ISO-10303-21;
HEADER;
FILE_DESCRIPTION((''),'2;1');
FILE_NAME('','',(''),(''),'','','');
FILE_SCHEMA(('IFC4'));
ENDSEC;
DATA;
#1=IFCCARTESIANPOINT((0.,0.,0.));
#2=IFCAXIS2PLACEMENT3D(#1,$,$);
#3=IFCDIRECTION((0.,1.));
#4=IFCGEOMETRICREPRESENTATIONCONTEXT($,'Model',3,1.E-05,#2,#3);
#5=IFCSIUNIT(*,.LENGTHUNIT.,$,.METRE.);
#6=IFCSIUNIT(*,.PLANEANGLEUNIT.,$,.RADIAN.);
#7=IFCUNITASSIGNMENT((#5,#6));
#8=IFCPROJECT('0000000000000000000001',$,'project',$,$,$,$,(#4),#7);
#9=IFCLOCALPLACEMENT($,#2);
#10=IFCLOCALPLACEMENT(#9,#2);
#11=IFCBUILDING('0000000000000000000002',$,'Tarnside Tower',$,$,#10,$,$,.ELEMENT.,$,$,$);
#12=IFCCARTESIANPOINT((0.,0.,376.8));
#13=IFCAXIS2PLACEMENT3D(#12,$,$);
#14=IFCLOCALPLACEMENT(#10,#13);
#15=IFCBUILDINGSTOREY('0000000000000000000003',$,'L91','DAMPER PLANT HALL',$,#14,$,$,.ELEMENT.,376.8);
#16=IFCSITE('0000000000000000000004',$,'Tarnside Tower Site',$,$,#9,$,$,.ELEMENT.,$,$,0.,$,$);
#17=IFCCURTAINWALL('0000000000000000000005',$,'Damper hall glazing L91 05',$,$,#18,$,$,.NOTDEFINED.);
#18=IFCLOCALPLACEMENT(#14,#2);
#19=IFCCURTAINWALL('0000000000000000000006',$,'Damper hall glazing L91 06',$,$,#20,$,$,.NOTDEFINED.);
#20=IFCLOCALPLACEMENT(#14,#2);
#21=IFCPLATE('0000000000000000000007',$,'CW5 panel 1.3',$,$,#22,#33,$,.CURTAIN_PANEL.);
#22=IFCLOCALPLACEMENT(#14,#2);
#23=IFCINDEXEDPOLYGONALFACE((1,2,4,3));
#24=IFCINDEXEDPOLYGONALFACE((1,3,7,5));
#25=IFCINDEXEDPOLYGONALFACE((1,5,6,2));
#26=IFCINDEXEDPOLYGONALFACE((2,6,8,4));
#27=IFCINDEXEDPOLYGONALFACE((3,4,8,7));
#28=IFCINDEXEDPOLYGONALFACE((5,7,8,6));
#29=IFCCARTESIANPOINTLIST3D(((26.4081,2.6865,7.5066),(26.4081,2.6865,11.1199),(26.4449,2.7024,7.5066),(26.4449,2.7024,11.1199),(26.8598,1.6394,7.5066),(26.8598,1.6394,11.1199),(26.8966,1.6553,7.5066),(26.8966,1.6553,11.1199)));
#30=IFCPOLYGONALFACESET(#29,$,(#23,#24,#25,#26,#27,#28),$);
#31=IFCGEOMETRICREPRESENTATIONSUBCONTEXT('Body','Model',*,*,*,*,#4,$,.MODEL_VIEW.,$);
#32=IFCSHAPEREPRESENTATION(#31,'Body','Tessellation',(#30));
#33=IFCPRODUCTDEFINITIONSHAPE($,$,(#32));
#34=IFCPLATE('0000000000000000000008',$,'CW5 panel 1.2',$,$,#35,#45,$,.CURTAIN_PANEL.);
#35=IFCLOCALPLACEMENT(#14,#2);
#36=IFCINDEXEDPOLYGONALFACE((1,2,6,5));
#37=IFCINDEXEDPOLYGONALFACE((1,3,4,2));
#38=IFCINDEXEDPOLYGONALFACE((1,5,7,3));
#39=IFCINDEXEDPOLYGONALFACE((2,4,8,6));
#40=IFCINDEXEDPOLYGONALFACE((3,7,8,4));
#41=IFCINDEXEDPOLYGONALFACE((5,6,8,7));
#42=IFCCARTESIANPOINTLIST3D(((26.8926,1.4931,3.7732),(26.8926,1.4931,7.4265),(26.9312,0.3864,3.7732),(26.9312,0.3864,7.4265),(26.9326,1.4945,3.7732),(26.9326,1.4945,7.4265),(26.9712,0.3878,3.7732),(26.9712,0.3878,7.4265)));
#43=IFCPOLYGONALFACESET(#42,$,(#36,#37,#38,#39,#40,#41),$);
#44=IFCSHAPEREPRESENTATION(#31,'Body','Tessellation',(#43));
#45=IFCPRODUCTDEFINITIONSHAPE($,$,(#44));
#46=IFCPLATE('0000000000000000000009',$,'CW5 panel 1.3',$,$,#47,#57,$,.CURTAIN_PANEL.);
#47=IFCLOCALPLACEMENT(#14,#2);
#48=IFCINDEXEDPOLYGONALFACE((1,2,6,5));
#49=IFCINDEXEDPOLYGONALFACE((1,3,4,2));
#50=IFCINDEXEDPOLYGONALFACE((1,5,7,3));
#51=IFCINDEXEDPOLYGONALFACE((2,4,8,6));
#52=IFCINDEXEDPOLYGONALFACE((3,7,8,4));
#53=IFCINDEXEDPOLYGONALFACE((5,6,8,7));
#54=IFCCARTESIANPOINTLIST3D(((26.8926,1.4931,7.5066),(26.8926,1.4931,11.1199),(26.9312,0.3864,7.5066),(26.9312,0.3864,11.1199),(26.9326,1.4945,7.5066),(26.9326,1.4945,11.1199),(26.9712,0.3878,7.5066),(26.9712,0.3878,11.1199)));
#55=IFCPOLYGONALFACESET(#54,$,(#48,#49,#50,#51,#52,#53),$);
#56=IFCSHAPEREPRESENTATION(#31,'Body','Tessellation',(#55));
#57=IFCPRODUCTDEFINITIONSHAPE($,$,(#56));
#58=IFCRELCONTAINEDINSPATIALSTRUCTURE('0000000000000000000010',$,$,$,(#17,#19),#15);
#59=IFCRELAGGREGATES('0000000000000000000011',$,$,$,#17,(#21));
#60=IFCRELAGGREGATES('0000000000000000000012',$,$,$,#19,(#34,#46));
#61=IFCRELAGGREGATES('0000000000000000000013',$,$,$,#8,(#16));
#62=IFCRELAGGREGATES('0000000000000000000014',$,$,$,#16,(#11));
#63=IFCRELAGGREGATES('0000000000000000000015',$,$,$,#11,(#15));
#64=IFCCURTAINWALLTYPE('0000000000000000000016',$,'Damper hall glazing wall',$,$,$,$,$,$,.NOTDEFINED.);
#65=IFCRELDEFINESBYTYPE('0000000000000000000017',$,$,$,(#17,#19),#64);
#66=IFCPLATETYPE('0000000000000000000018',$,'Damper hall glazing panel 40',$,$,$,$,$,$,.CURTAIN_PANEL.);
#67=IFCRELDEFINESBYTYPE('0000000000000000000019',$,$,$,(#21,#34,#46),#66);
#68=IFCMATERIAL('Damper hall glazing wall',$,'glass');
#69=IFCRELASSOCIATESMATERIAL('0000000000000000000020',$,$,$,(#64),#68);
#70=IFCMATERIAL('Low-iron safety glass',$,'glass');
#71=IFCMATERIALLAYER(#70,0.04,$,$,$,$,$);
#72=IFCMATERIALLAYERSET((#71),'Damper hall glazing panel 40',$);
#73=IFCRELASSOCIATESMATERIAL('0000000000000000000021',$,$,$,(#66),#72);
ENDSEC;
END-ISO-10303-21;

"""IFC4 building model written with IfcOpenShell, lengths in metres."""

from ifc_helpers import new_model, si_unit, direction, frame, origin, origin_2d, place, context, subcontext, project, spatial, rectangle, extrude, material, layer, layer_set, type_object, element, aggregate, save


model = new_model("IFC4")

# Units and contexts
model_context = context("Model", 3, precision=1e-05, world=origin(), true_north=direction((0.0, 1.0)))
body_context = subcontext(model_context, "Body", "Model", "MODEL_VIEW")
ifc_project = project(units=[si_unit("LENGTHUNIT", "METRE"), si_unit("PLANEANGLEUNIT", "RADIAN")], contexts=[model_context])

# Site, building, storey
site_placement = place(None, origin())
site = spatial("IfcSite", under=ifc_project, at=site_placement, Name="Tarnside Tower Site", CompositionType="ELEMENT", RefElevation=0.0)
building_placement = place(site_placement, origin())
building = spatial("IfcBuilding", under=site, at=building_placement, Name="Tarnside Tower", CompositionType="ELEMENT")
storey_placement = place(building_placement, frame((0.0, 0.0, 376.8)))
storey = spatial("IfcBuildingStorey", under=building, at=storey_placement, Name="L91", Description="DAMPER PLANT HALL", CompositionType="ELEMENT", Elevation=376.8)

# Curtain walls
ifc_material_1 = material(Name="Damper hall glazing wall", Category="glass")
curtain_wall_type = type_object("IfcCurtainWallType", Name="Damper hall glazing wall", PredefinedType="NOTDEFINED", material=ifc_material_1)
curtain_wall_1_placement = place(storey_placement, origin())
curtain_wall_1 = element("IfcCurtainWall", 1, at=curtain_wall_1_placement, inside=storey, type_object=curtain_wall_type, Name="Damper hall glazing L91 05", PredefinedType="NOTDEFINED")
curtain_wall_2_placement = place(storey_placement, origin())
curtain_wall_2 = element("IfcCurtainWall", 2, at=curtain_wall_2_placement, inside=storey, type_object=curtain_wall_type, Name="Damper hall glazing L91 06", PredefinedType="NOTDEFINED")

# Plates
ifc_material_2 = material(Name="Low-iron safety glass", Category="glass")
ifc_layer = layer(ifc_material_2, 0.04)
ifc_layer_set = layer_set([ifc_layer], Name="Damper hall glazing panel 40")
plate_type = type_object("IfcPlateType", Name="Damper hall glazing panel 40", PredefinedType="CURTAIN_PANEL", material=ifc_layer_set)
plate_1_placement = place(storey_placement, frame((26.6523, 2.1709, 7.5066), z_axis=(0.0, 0.0, 1.0), x_axis=(0.39608, -0.918216, 0.0)))
plate_1 = element("IfcPlate", 3, at=plate_1_placement, type_object=plate_type, Name="CW5 panel 1.3", PredefinedType="CURTAIN_PANEL", context=body_context, shape_type="SweptSolid", body=[
    extrude(rectangle(XDim=1.1404, YDim=0.04, at=origin_2d()), origin(), (0.0, 0.0, 1.0), 3.6133),
])
aggregate(curtain_wall_1, [plate_1])
plate_2_placement = place(storey_placement, frame((26.9319, 0.9404, 3.7732), z_axis=(0.0, 0.0, 1.0), x_axis=(0.034899, -0.999391, 0.0)))
plate_2 = element("IfcPlate", 4, at=plate_2_placement, type_object=plate_type, Name="CW5 panel 1.2", PredefinedType="CURTAIN_PANEL", context=body_context, shape_type="SweptSolid", body=[
    extrude(rectangle(XDim=1.1074, YDim=0.04, at=origin_2d()), origin(), (0.0, 0.0, 1.0), 3.6533),
])
plate_3_placement = place(storey_placement, frame((26.9319, 0.9404, 7.5066), z_axis=(0.0, 0.0, 1.0), x_axis=(0.034899, -0.999391, 0.0)))
plate_3 = element("IfcPlate", 5, at=plate_3_placement, type_object=plate_type, Name="CW5 panel 1.3", PredefinedType="CURTAIN_PANEL", context=body_context, shape_type="SweptSolid", body=[
    extrude(rectangle(XDim=1.1074, YDim=0.04, at=origin_2d()), origin(), (0.0, 0.0, 1.0), 3.6133),
])
aggregate(curtain_wall_2, [plate_2, plate_3])

save(model, "model.ifc")
